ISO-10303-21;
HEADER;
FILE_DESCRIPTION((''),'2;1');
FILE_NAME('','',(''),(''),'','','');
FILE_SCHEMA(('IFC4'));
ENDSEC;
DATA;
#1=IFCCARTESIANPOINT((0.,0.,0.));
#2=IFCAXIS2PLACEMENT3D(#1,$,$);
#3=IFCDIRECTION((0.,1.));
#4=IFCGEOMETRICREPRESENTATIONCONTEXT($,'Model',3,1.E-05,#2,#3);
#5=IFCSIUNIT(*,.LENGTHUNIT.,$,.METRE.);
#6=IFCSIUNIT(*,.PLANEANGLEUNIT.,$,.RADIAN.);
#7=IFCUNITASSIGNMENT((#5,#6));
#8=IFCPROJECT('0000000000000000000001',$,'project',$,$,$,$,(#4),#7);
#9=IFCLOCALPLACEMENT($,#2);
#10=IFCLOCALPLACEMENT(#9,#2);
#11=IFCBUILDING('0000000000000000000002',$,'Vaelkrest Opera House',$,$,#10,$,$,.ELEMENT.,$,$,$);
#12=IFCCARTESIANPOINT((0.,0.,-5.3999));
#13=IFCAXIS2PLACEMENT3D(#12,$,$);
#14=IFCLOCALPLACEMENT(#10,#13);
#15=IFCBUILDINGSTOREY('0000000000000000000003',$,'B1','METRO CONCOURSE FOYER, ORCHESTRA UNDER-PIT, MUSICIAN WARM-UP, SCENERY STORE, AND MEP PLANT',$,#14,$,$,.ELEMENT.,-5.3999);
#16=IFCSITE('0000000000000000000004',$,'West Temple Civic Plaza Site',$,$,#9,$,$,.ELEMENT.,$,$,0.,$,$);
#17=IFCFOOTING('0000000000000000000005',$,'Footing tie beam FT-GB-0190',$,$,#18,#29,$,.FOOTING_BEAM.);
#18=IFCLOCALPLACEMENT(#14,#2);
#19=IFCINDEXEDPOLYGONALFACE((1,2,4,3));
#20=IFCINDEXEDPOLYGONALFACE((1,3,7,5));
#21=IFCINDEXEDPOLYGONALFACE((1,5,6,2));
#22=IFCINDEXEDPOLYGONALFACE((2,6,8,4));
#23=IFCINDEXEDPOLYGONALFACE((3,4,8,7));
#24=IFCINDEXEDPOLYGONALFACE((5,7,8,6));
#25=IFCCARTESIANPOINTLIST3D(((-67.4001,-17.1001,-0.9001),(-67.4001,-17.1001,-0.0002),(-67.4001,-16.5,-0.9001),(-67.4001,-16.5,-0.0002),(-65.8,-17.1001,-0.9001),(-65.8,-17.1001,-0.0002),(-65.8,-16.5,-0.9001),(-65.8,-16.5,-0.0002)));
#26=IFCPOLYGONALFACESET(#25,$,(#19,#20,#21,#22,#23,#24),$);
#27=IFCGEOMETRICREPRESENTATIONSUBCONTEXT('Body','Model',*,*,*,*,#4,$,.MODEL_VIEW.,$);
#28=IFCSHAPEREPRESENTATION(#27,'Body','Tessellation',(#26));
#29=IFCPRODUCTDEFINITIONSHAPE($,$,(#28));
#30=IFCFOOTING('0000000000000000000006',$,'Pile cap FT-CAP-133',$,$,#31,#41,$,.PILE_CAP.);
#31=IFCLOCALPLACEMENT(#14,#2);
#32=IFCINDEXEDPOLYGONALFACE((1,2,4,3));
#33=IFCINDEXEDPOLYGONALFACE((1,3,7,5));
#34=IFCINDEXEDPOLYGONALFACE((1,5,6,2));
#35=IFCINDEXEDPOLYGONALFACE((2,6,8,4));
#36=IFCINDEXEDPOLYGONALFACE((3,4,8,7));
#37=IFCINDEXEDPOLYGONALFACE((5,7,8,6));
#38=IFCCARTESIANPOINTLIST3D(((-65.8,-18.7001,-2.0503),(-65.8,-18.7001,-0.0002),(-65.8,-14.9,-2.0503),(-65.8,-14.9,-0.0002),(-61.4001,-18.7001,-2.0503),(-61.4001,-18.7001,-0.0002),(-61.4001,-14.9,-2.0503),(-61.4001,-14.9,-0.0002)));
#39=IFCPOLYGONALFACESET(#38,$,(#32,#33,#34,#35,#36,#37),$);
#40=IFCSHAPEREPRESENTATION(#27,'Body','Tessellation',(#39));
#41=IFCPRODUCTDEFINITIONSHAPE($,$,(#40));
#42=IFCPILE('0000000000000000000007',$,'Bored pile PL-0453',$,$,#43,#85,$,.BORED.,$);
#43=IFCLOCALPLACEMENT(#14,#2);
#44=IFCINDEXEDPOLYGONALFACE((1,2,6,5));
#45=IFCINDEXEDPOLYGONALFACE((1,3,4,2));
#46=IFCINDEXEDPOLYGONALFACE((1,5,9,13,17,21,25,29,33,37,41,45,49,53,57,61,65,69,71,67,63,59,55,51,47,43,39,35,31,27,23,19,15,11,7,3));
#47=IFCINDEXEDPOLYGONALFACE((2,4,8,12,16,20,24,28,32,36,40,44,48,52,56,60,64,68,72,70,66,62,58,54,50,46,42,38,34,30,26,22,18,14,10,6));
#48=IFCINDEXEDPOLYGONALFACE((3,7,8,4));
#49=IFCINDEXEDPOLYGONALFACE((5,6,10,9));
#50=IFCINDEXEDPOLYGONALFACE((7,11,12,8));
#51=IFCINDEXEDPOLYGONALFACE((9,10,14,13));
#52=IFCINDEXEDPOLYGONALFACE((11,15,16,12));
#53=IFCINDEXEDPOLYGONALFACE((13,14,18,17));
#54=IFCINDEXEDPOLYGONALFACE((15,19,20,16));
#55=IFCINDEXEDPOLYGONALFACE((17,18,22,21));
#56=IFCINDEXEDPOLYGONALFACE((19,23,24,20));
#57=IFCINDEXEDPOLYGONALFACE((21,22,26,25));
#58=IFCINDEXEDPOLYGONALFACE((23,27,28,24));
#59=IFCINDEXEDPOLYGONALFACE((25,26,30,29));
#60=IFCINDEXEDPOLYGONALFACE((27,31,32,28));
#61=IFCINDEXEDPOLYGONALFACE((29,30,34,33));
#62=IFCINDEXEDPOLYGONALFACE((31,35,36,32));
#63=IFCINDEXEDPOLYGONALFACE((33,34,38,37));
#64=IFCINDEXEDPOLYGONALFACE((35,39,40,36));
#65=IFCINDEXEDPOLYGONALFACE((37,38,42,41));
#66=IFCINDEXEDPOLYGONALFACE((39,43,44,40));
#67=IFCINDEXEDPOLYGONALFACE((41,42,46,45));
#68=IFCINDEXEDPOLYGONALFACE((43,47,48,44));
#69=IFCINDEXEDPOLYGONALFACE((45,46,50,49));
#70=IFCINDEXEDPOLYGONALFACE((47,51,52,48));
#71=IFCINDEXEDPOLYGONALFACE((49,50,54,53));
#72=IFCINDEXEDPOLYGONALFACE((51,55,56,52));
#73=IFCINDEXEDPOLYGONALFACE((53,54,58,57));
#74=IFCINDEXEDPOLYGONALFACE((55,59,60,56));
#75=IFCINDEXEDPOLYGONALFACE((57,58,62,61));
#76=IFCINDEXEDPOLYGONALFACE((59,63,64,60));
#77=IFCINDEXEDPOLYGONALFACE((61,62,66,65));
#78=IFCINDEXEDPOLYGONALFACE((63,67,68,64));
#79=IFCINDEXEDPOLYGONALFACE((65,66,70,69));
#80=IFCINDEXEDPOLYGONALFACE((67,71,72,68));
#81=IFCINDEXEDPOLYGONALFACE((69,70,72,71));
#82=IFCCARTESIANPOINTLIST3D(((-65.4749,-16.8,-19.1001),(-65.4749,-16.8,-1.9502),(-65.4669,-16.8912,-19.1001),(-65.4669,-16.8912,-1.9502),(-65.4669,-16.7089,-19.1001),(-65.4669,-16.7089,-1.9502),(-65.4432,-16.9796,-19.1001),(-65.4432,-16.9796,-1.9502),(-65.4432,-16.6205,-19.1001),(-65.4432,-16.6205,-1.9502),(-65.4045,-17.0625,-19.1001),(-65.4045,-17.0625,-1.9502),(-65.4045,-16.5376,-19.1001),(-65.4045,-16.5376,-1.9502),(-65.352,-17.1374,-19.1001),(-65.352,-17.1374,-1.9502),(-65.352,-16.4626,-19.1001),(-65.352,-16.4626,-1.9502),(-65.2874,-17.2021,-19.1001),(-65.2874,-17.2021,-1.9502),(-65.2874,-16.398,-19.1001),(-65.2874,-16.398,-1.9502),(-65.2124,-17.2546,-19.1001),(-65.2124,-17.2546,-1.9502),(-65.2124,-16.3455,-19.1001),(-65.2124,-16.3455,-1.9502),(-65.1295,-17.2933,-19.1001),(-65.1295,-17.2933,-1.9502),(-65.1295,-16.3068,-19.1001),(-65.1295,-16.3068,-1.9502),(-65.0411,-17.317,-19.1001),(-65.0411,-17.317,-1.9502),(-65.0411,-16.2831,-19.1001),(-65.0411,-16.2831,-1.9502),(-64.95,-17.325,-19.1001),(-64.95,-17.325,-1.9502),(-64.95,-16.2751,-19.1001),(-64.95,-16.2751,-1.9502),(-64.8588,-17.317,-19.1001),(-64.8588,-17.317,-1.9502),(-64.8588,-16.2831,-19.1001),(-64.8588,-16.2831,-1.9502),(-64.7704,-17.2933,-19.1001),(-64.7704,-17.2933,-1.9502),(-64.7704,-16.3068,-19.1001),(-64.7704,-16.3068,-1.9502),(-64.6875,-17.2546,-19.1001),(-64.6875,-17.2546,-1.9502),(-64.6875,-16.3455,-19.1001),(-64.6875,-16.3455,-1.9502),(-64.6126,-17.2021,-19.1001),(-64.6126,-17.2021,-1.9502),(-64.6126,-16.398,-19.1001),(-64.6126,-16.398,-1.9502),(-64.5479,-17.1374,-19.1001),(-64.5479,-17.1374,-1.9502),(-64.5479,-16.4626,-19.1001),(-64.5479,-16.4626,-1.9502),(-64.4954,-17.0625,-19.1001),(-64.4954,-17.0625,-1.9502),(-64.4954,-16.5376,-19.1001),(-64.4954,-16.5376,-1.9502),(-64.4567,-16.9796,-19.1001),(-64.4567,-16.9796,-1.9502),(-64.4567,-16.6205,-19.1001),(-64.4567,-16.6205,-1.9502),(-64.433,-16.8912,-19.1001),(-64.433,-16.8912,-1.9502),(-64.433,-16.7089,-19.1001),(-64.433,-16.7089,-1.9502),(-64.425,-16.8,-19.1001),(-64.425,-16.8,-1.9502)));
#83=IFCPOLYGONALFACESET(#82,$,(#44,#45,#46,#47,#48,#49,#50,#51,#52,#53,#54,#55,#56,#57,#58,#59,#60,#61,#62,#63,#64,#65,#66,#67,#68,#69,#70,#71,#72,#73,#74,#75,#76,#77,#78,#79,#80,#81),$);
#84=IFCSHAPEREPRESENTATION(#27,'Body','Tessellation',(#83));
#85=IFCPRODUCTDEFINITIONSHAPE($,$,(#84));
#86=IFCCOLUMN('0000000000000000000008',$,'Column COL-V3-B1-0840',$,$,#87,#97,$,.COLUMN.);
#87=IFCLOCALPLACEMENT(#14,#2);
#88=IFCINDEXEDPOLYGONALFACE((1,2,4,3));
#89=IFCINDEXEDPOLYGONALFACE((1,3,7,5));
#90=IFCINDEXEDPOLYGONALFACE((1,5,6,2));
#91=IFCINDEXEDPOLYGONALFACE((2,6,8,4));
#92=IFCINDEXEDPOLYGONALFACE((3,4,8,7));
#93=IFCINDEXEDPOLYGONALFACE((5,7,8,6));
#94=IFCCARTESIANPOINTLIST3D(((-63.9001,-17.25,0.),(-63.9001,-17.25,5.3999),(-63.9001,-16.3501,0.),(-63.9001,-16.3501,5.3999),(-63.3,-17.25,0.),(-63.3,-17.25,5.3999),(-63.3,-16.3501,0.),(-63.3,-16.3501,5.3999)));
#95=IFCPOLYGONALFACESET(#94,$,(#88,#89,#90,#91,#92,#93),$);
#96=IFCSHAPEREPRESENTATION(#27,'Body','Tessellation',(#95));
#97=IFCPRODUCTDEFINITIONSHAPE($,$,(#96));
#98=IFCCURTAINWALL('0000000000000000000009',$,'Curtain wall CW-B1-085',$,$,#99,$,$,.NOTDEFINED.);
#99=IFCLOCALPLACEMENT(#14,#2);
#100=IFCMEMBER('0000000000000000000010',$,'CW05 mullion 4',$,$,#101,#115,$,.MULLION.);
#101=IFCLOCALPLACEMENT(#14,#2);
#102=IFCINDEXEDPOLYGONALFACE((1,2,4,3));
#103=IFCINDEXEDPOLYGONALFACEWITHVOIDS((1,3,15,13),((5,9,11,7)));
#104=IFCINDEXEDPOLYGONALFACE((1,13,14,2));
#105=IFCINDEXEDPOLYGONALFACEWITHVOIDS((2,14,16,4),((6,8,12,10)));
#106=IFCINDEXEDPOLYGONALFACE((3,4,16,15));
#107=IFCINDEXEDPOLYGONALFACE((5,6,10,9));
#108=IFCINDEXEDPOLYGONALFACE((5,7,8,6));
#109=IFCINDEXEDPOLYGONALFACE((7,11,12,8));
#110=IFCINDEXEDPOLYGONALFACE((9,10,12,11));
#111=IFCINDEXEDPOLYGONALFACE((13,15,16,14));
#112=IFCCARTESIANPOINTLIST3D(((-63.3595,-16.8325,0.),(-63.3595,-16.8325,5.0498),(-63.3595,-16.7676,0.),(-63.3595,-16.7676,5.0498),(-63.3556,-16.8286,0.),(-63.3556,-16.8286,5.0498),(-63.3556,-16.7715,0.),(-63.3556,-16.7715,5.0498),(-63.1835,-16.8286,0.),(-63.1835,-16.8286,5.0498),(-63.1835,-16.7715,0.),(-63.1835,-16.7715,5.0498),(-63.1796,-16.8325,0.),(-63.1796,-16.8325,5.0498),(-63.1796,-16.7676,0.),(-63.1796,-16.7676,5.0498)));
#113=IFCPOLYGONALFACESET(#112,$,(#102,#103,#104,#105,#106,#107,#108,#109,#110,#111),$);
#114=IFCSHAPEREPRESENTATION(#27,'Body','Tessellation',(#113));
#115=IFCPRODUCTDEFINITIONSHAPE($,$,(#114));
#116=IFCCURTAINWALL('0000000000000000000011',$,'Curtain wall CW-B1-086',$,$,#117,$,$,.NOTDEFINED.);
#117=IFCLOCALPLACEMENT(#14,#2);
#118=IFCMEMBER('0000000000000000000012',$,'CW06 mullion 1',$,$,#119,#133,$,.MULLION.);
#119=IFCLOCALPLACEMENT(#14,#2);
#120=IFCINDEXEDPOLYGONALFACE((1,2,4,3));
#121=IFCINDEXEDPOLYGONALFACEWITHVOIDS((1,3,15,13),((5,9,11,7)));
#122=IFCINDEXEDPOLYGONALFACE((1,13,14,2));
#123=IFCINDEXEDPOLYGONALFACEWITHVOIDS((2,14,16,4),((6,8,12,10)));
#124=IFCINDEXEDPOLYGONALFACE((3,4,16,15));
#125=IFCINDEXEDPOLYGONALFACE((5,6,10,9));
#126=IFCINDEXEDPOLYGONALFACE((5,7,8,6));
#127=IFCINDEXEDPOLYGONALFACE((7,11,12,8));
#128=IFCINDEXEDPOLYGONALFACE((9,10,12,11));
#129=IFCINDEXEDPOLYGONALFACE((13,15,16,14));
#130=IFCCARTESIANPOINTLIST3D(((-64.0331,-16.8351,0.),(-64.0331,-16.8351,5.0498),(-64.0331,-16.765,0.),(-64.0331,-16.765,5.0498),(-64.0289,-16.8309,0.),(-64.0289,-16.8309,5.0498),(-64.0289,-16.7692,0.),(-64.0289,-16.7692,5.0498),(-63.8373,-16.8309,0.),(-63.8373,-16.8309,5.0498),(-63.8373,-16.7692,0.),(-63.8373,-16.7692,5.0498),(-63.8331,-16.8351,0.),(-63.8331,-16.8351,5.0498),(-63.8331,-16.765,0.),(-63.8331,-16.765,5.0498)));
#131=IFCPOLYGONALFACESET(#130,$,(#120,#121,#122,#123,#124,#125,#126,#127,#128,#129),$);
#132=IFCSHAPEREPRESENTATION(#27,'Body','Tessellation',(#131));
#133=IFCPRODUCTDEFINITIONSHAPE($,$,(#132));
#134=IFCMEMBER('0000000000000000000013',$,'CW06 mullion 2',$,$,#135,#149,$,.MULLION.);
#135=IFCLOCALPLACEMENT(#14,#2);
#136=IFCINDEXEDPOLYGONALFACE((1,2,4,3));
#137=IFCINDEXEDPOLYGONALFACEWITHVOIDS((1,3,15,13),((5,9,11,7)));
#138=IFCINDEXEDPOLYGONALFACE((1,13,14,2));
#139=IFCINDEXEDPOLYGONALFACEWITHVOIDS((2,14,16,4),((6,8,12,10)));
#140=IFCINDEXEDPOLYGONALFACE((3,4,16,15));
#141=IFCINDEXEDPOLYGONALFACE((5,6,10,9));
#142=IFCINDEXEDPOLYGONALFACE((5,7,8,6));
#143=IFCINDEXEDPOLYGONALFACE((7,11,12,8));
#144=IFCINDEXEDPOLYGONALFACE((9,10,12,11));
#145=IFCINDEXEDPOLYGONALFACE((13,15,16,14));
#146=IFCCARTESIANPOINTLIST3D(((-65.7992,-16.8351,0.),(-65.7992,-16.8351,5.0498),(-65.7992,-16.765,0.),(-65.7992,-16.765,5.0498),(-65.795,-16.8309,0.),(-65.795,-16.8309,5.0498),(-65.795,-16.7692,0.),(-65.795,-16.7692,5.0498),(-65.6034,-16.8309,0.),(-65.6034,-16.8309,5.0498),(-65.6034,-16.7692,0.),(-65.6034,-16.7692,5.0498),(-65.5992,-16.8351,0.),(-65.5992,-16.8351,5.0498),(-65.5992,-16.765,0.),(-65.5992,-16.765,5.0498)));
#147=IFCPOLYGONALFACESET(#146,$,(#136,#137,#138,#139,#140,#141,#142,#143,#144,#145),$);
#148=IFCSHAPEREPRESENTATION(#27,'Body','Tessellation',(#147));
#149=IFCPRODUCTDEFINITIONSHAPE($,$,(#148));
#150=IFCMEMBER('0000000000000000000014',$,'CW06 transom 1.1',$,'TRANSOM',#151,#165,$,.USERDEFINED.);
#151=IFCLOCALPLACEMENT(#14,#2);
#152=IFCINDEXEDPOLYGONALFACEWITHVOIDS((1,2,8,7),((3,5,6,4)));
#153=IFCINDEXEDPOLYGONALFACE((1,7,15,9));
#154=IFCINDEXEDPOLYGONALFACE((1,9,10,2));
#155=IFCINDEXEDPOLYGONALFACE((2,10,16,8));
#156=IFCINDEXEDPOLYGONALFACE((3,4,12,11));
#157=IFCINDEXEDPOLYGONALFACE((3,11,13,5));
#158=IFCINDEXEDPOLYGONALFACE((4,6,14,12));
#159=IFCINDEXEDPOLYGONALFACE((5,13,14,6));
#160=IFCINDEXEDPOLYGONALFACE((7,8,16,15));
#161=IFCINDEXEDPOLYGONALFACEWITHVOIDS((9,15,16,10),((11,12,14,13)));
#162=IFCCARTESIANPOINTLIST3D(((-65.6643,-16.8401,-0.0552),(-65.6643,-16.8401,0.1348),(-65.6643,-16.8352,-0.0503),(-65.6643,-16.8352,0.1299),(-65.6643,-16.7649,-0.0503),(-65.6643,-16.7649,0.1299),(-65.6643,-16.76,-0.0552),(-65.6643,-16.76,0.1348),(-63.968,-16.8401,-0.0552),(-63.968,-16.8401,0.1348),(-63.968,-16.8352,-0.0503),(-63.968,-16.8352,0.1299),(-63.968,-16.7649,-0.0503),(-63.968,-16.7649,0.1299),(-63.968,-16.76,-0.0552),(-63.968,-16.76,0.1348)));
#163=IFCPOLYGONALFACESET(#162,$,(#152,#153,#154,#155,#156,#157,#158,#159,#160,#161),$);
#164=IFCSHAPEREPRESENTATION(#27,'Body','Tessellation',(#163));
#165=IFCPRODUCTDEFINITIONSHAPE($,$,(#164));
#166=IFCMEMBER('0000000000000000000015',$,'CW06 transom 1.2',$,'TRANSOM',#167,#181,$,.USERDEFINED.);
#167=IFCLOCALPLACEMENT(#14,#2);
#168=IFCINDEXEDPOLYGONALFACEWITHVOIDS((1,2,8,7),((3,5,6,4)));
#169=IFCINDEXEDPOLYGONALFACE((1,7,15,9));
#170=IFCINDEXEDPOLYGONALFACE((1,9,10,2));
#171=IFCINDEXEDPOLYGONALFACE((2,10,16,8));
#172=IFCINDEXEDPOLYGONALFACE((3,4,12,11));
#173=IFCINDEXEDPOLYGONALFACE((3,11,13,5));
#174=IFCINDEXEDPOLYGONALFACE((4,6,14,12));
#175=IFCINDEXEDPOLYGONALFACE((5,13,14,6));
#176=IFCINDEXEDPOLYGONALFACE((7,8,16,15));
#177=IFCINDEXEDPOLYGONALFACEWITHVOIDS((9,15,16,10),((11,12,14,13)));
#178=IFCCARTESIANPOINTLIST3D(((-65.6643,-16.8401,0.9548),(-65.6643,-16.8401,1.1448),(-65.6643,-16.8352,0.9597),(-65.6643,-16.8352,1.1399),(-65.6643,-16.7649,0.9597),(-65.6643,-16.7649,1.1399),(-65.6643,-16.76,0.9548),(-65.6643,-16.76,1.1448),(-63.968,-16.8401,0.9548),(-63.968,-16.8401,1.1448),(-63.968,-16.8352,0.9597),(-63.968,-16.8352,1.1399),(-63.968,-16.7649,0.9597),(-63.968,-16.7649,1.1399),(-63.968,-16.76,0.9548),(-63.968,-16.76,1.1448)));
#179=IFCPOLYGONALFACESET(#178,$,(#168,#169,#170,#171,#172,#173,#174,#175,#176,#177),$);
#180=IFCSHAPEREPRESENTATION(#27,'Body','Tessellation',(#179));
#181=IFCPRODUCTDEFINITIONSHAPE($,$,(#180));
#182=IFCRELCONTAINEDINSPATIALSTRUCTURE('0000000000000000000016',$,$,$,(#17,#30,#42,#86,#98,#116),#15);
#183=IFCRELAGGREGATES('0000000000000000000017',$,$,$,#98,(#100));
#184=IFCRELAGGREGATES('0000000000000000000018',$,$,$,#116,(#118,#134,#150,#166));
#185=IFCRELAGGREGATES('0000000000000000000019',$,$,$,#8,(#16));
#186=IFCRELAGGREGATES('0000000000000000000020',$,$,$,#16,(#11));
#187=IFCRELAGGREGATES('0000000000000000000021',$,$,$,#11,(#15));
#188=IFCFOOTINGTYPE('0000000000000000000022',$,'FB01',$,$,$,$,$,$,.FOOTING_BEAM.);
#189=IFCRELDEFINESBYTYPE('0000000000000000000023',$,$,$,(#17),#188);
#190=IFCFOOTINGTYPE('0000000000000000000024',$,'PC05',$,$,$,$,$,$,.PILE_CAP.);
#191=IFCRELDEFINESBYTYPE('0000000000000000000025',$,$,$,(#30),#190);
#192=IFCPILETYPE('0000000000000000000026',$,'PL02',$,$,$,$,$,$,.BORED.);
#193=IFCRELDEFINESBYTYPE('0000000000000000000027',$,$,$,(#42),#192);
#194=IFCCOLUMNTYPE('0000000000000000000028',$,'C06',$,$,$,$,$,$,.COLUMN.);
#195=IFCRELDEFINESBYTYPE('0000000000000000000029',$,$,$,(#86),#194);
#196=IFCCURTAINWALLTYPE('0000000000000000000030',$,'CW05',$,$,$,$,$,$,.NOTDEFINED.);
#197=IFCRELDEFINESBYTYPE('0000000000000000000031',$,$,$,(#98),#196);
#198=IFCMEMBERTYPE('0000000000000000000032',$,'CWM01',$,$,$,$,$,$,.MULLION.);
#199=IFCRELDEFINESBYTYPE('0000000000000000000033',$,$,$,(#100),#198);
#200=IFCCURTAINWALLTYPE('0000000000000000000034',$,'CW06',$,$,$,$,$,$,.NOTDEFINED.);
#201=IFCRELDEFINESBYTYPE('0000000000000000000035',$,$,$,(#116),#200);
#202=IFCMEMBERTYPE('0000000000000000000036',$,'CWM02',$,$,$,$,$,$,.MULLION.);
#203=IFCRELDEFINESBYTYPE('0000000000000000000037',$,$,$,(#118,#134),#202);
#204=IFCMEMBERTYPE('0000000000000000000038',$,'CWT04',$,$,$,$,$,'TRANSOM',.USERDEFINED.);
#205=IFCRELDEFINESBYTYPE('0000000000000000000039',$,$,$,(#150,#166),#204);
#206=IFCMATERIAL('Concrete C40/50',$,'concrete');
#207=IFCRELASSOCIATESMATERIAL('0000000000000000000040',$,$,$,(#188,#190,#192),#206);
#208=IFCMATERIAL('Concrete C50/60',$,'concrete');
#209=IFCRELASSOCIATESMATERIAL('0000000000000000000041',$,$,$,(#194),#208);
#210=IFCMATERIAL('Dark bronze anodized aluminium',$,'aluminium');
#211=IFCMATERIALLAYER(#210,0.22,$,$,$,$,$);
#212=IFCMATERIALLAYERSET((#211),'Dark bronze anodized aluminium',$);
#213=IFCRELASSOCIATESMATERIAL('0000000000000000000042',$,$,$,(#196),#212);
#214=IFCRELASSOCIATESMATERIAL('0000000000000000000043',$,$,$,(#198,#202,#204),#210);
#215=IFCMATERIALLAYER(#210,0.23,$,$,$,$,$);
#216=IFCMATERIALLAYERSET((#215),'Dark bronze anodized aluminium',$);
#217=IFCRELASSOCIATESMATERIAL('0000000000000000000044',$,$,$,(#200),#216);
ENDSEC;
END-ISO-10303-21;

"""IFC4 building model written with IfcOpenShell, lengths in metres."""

from ifc_helpers import new_model, si_unit, direction, frame, origin, origin_2d, place, context, subcontext, project, spatial, rectangle, hollow_rectangle, circle, extrude, material, layer, layer_set, material_profile, profile_set, type_object, element, aggregate, save


model = new_model("IFC4")

# Units and contexts
model_context = context("Model", 3, precision=1e-05, world=origin(), true_north=direction((0.0, 1.0)))
body_context = subcontext(model_context, "Body", "Model", "MODEL_VIEW")
ifc_project = project(units=[si_unit("LENGTHUNIT", "METRE"), si_unit("PLANEANGLEUNIT", "RADIAN")], contexts=[model_context])

# Site, building, storey
site_placement = place(None, origin())
site = spatial("IfcSite", under=ifc_project, at=site_placement, Name="West Temple Civic Plaza Site", CompositionType="ELEMENT", RefElevation=0.0)
building_placement = place(site_placement, origin())
building = spatial("IfcBuilding", under=site, at=building_placement, Name="Vaelkrest Opera House", CompositionType="ELEMENT")
storey_placement = place(building_placement, frame((0.0, 0.0, -5.3999)))
storey = spatial("IfcBuildingStorey", under=building, at=storey_placement, Name="B1", Description="METRO CONCOURSE FOYER, ORCHESTRA UNDER-PIT, MUSICIAN WARM-UP, SCENERY STORE, AND MEP PLANT", CompositionType="ELEMENT", Elevation=-5.3999)

# Footings
ifc_material_1 = material(Name="Concrete C40/50", Category="concrete")
footing_type_1 = type_object("IfcFootingType", Name="FB01", PredefinedType="FOOTING_BEAM", material=ifc_material_1)
footing_1_placement = place(storey_placement, frame((-66.6001, -16.8, -0.9001), z_axis=(0.0, 0.0, 1.0), x_axis=(1.0, 0.0, 0.0)))
element("IfcFooting", 1, at=footing_1_placement, inside=storey, type_object=footing_type_1, Name="Footing tie beam FT-GB-0190", PredefinedType="FOOTING_BEAM", context=body_context, shape_type="SweptSolid", body=[
    extrude(rectangle(XDim=1.6001, YDim=0.6001, at=origin_2d()), origin(), (0.0, 0.0, 1.0), 0.8999),
])
footing_type_2 = type_object("IfcFootingType", Name="PC05", PredefinedType="PILE_CAP", material=ifc_material_1)
footing_2_placement = place(storey_placement, frame((-63.6001, -16.8, -2.0503), z_axis=(0.0, 0.0, 1.0), x_axis=(1.0, 0.0, 0.0)))
element("IfcFooting", 2, at=footing_2_placement, inside=storey, type_object=footing_type_2, Name="Pile cap FT-CAP-133", PredefinedType="PILE_CAP", context=body_context, shape_type="SweptSolid", body=[
    extrude(rectangle(XDim=4.3999, YDim=3.8, at=origin_2d()), origin(), (0.0, 0.0, 1.0), 2.05),
])

# Pile
ifc_material_profile_1 = material_profile(ifc_material_1, circle(Radius=0.5249, at=origin_2d()), Name="PILE1050")
ifc_profile_set_1 = profile_set([ifc_material_profile_1], Name="Concrete C40/50")
pile_type = type_object("IfcPileType", Name="PL02", PredefinedType="BORED", material=ifc_profile_set_1)
pile_placement = place(storey_placement, frame((-64.95, -16.8, -1.9502), z_axis=(0.0, 0.0, -1.0), x_axis=(1.0, 0.0, 0.0)))
element("IfcPile", 3, at=pile_placement, inside=storey, type_object=pile_type, Name="Bored pile PL-0453", PredefinedType="BORED", context=body_context, shape_type="SweptSolid", body=[
    extrude(circle(Radius=0.5249, at=origin_2d()), origin(), (0.0, 0.0, 1.0), 17.1499),
])

# Column
ifc_material_2 = material(Name="Concrete C50/60", Category="concrete")
ifc_material_profile_2 = material_profile(ifc_material_2, rectangle(XDim=0.6001, YDim=0.8999, at=origin_2d()), Name="RC600X900")
ifc_profile_set_2 = profile_set([ifc_material_profile_2], Name="Concrete C50/60")
column_type = type_object("IfcColumnType", Name="C06", PredefinedType="COLUMN", material=ifc_profile_set_2)
column_placement = place(storey_placement, frame((-63.6001, -16.8, 0.0), z_axis=(0.0, 0.0, 1.0), x_axis=(1.0, 0.0, 0.0)))
element("IfcColumn", 4, at=column_placement, inside=storey, type_object=column_type, Name="Column COL-V3-B1-0840", PredefinedType="COLUMN", context=body_context, shape_type="SweptSolid", body=[
    extrude(rectangle(XDim=0.6001, YDim=0.8999, at=origin_2d()), origin(), (0.0, 0.0, 1.0), 5.3999),
])

# Curtain wall, member
ifc_material_3 = material(Name="Dark bronze anodized aluminium", Category="aluminium")
ifc_layer_1 = layer(ifc_material_3, 0.22)
ifc_layer_set_1 = layer_set([ifc_layer_1], Name="Dark bronze anodized aluminium")
curtain_wall_type_1 = type_object("IfcCurtainWallType", Name="CW05", PredefinedType="NOTDEFINED", material=ifc_layer_set_1)
curtain_wall_1_placement = place(storey_placement, origin())
curtain_wall_1 = element("IfcCurtainWall", 5, at=curtain_wall_1_placement, inside=storey, type_object=curtain_wall_type_1, Name="Curtain wall CW-B1-085", PredefinedType="NOTDEFINED")
ifc_material_profile_3 = material_profile(ifc_material_3, hollow_rectangle(XDim=0.0649, YDim=0.1799, WallThickness=0.0039, at=origin_2d()), Name="CWM65X180")
ifc_profile_set_3 = profile_set([ifc_material_profile_3], Name="Dark bronze anodized aluminium")
member_type_1 = type_object("IfcMemberType", Name="CWM01", PredefinedType="MULLION", material=ifc_profile_set_3)
member_1_placement = place(storey_placement, frame((-63.2695, -16.8, 0.0), z_axis=(0.0, 0.0, 1.0), x_axis=(0.0, -1.0, 0.0)))
member_1 = element("IfcMember", 6, at=member_1_placement, type_object=member_type_1, Name="CW05 mullion 4", PredefinedType="MULLION", context=body_context, shape_type="SweptSolid", body=[
    extrude(hollow_rectangle(XDim=0.0649, YDim=0.1799, WallThickness=0.0039, at=origin_2d()), origin(), (0.0, 0.0, 1.0), 5.0498),
])

# Curtain wall, members
ifc_layer_2 = layer(ifc_material_3, 0.23)
ifc_layer_set_2 = layer_set([ifc_layer_2], Name="Dark bronze anodized aluminium")
curtain_wall_type_2 = type_object("IfcCurtainWallType", Name="CW06", PredefinedType="NOTDEFINED", material=ifc_layer_set_2)
curtain_wall_2_placement = place(storey_placement, origin())
curtain_wall_2 = element("IfcCurtainWall", 7, at=curtain_wall_2_placement, inside=storey, type_object=curtain_wall_type_2, Name="Curtain wall CW-B1-086", PredefinedType="NOTDEFINED")
ifc_material_profile_4 = material_profile(ifc_material_3, hollow_rectangle(XDim=0.0701, YDim=0.2, WallThickness=0.0042, at=origin_2d()), Name="CWM70X200")
ifc_profile_set_4 = profile_set([ifc_material_profile_4], Name="Dark bronze anodized aluminium")
member_type_2 = type_object("IfcMemberType", Name="CWM02", PredefinedType="MULLION", material=ifc_profile_set_4)
member_2_placement = place(storey_placement, frame((-63.9331, -16.8, 0.0), z_axis=(0.0, 0.0, 1.0), x_axis=(0.0, -1.0, 0.0)))
member_2 = element("IfcMember", 8, at=member_2_placement, type_object=member_type_2, Name="CW06 mullion 1", PredefinedType="MULLION", context=body_context, shape_type="SweptSolid", body=[
    extrude(hollow_rectangle(XDim=0.0701, YDim=0.2, WallThickness=0.0042, at=origin_2d()), origin(), (0.0, 0.0, 1.0), 5.0498),
])
member_3_placement = place(storey_placement, frame((-65.6992, -16.8, 0.0), z_axis=(0.0, 0.0, 1.0), x_axis=(0.0, -1.0, 0.0)))
member_3 = element("IfcMember", 9, at=member_3_placement, type_object=member_type_2, Name="CW06 mullion 2", PredefinedType="MULLION", context=body_context, shape_type="SweptSolid", body=[
    extrude(hollow_rectangle(XDim=0.0701, YDim=0.2, WallThickness=0.0042, at=origin_2d()), origin(), (0.0, 0.0, 1.0), 5.0498),
])
ifc_material_profile_5 = material_profile(ifc_material_3, hollow_rectangle(XDim=0.0801, YDim=0.1899, WallThickness=0.0049, at=origin_2d()), Name="CWT80X190")
ifc_profile_set_5 = profile_set([ifc_material_profile_5], Name="Dark bronze anodized aluminium")
member_type_3 = type_object("IfcMemberType", Name="CWT04", ElementType="TRANSOM", PredefinedType="USERDEFINED", material=ifc_profile_set_5)
member_4_placement = place(storey_placement, frame((-63.968, -16.8, 0.0398), z_axis=(-1.0, 0.0, 0.0), x_axis=(0.0, -1.0, 0.0)))
member_4 = element("IfcMember", 10, at=member_4_placement, type_object=member_type_3, Name="CW06 transom 1.1", ObjectType="TRANSOM", PredefinedType="USERDEFINED", context=body_context, shape_type="SweptSolid", body=[
    extrude(hollow_rectangle(XDim=0.0801, YDim=0.1899, WallThickness=0.0049, at=origin_2d()), origin(), (0.0, 0.0, 1.0), 1.6963),
])
member_5_placement = place(storey_placement, frame((-63.968, -16.8, 1.0498), z_axis=(-1.0, 0.0, 0.0), x_axis=(0.0, -1.0, 0.0)))
member_5 = element("IfcMember", 11, at=member_5_placement, type_object=member_type_3, Name="CW06 transom 1.2", ObjectType="TRANSOM", PredefinedType="USERDEFINED", context=body_context, shape_type="SweptSolid", body=[
    extrude(hollow_rectangle(XDim=0.0801, YDim=0.1899, WallThickness=0.0049, at=origin_2d()), origin(), (0.0, 0.0, 1.0), 1.6963),
])

aggregate(curtain_wall_1, [member_1])
aggregate(curtain_wall_2, [member_2, member_3, member_4, member_5])

save(model, "model.ifc")
